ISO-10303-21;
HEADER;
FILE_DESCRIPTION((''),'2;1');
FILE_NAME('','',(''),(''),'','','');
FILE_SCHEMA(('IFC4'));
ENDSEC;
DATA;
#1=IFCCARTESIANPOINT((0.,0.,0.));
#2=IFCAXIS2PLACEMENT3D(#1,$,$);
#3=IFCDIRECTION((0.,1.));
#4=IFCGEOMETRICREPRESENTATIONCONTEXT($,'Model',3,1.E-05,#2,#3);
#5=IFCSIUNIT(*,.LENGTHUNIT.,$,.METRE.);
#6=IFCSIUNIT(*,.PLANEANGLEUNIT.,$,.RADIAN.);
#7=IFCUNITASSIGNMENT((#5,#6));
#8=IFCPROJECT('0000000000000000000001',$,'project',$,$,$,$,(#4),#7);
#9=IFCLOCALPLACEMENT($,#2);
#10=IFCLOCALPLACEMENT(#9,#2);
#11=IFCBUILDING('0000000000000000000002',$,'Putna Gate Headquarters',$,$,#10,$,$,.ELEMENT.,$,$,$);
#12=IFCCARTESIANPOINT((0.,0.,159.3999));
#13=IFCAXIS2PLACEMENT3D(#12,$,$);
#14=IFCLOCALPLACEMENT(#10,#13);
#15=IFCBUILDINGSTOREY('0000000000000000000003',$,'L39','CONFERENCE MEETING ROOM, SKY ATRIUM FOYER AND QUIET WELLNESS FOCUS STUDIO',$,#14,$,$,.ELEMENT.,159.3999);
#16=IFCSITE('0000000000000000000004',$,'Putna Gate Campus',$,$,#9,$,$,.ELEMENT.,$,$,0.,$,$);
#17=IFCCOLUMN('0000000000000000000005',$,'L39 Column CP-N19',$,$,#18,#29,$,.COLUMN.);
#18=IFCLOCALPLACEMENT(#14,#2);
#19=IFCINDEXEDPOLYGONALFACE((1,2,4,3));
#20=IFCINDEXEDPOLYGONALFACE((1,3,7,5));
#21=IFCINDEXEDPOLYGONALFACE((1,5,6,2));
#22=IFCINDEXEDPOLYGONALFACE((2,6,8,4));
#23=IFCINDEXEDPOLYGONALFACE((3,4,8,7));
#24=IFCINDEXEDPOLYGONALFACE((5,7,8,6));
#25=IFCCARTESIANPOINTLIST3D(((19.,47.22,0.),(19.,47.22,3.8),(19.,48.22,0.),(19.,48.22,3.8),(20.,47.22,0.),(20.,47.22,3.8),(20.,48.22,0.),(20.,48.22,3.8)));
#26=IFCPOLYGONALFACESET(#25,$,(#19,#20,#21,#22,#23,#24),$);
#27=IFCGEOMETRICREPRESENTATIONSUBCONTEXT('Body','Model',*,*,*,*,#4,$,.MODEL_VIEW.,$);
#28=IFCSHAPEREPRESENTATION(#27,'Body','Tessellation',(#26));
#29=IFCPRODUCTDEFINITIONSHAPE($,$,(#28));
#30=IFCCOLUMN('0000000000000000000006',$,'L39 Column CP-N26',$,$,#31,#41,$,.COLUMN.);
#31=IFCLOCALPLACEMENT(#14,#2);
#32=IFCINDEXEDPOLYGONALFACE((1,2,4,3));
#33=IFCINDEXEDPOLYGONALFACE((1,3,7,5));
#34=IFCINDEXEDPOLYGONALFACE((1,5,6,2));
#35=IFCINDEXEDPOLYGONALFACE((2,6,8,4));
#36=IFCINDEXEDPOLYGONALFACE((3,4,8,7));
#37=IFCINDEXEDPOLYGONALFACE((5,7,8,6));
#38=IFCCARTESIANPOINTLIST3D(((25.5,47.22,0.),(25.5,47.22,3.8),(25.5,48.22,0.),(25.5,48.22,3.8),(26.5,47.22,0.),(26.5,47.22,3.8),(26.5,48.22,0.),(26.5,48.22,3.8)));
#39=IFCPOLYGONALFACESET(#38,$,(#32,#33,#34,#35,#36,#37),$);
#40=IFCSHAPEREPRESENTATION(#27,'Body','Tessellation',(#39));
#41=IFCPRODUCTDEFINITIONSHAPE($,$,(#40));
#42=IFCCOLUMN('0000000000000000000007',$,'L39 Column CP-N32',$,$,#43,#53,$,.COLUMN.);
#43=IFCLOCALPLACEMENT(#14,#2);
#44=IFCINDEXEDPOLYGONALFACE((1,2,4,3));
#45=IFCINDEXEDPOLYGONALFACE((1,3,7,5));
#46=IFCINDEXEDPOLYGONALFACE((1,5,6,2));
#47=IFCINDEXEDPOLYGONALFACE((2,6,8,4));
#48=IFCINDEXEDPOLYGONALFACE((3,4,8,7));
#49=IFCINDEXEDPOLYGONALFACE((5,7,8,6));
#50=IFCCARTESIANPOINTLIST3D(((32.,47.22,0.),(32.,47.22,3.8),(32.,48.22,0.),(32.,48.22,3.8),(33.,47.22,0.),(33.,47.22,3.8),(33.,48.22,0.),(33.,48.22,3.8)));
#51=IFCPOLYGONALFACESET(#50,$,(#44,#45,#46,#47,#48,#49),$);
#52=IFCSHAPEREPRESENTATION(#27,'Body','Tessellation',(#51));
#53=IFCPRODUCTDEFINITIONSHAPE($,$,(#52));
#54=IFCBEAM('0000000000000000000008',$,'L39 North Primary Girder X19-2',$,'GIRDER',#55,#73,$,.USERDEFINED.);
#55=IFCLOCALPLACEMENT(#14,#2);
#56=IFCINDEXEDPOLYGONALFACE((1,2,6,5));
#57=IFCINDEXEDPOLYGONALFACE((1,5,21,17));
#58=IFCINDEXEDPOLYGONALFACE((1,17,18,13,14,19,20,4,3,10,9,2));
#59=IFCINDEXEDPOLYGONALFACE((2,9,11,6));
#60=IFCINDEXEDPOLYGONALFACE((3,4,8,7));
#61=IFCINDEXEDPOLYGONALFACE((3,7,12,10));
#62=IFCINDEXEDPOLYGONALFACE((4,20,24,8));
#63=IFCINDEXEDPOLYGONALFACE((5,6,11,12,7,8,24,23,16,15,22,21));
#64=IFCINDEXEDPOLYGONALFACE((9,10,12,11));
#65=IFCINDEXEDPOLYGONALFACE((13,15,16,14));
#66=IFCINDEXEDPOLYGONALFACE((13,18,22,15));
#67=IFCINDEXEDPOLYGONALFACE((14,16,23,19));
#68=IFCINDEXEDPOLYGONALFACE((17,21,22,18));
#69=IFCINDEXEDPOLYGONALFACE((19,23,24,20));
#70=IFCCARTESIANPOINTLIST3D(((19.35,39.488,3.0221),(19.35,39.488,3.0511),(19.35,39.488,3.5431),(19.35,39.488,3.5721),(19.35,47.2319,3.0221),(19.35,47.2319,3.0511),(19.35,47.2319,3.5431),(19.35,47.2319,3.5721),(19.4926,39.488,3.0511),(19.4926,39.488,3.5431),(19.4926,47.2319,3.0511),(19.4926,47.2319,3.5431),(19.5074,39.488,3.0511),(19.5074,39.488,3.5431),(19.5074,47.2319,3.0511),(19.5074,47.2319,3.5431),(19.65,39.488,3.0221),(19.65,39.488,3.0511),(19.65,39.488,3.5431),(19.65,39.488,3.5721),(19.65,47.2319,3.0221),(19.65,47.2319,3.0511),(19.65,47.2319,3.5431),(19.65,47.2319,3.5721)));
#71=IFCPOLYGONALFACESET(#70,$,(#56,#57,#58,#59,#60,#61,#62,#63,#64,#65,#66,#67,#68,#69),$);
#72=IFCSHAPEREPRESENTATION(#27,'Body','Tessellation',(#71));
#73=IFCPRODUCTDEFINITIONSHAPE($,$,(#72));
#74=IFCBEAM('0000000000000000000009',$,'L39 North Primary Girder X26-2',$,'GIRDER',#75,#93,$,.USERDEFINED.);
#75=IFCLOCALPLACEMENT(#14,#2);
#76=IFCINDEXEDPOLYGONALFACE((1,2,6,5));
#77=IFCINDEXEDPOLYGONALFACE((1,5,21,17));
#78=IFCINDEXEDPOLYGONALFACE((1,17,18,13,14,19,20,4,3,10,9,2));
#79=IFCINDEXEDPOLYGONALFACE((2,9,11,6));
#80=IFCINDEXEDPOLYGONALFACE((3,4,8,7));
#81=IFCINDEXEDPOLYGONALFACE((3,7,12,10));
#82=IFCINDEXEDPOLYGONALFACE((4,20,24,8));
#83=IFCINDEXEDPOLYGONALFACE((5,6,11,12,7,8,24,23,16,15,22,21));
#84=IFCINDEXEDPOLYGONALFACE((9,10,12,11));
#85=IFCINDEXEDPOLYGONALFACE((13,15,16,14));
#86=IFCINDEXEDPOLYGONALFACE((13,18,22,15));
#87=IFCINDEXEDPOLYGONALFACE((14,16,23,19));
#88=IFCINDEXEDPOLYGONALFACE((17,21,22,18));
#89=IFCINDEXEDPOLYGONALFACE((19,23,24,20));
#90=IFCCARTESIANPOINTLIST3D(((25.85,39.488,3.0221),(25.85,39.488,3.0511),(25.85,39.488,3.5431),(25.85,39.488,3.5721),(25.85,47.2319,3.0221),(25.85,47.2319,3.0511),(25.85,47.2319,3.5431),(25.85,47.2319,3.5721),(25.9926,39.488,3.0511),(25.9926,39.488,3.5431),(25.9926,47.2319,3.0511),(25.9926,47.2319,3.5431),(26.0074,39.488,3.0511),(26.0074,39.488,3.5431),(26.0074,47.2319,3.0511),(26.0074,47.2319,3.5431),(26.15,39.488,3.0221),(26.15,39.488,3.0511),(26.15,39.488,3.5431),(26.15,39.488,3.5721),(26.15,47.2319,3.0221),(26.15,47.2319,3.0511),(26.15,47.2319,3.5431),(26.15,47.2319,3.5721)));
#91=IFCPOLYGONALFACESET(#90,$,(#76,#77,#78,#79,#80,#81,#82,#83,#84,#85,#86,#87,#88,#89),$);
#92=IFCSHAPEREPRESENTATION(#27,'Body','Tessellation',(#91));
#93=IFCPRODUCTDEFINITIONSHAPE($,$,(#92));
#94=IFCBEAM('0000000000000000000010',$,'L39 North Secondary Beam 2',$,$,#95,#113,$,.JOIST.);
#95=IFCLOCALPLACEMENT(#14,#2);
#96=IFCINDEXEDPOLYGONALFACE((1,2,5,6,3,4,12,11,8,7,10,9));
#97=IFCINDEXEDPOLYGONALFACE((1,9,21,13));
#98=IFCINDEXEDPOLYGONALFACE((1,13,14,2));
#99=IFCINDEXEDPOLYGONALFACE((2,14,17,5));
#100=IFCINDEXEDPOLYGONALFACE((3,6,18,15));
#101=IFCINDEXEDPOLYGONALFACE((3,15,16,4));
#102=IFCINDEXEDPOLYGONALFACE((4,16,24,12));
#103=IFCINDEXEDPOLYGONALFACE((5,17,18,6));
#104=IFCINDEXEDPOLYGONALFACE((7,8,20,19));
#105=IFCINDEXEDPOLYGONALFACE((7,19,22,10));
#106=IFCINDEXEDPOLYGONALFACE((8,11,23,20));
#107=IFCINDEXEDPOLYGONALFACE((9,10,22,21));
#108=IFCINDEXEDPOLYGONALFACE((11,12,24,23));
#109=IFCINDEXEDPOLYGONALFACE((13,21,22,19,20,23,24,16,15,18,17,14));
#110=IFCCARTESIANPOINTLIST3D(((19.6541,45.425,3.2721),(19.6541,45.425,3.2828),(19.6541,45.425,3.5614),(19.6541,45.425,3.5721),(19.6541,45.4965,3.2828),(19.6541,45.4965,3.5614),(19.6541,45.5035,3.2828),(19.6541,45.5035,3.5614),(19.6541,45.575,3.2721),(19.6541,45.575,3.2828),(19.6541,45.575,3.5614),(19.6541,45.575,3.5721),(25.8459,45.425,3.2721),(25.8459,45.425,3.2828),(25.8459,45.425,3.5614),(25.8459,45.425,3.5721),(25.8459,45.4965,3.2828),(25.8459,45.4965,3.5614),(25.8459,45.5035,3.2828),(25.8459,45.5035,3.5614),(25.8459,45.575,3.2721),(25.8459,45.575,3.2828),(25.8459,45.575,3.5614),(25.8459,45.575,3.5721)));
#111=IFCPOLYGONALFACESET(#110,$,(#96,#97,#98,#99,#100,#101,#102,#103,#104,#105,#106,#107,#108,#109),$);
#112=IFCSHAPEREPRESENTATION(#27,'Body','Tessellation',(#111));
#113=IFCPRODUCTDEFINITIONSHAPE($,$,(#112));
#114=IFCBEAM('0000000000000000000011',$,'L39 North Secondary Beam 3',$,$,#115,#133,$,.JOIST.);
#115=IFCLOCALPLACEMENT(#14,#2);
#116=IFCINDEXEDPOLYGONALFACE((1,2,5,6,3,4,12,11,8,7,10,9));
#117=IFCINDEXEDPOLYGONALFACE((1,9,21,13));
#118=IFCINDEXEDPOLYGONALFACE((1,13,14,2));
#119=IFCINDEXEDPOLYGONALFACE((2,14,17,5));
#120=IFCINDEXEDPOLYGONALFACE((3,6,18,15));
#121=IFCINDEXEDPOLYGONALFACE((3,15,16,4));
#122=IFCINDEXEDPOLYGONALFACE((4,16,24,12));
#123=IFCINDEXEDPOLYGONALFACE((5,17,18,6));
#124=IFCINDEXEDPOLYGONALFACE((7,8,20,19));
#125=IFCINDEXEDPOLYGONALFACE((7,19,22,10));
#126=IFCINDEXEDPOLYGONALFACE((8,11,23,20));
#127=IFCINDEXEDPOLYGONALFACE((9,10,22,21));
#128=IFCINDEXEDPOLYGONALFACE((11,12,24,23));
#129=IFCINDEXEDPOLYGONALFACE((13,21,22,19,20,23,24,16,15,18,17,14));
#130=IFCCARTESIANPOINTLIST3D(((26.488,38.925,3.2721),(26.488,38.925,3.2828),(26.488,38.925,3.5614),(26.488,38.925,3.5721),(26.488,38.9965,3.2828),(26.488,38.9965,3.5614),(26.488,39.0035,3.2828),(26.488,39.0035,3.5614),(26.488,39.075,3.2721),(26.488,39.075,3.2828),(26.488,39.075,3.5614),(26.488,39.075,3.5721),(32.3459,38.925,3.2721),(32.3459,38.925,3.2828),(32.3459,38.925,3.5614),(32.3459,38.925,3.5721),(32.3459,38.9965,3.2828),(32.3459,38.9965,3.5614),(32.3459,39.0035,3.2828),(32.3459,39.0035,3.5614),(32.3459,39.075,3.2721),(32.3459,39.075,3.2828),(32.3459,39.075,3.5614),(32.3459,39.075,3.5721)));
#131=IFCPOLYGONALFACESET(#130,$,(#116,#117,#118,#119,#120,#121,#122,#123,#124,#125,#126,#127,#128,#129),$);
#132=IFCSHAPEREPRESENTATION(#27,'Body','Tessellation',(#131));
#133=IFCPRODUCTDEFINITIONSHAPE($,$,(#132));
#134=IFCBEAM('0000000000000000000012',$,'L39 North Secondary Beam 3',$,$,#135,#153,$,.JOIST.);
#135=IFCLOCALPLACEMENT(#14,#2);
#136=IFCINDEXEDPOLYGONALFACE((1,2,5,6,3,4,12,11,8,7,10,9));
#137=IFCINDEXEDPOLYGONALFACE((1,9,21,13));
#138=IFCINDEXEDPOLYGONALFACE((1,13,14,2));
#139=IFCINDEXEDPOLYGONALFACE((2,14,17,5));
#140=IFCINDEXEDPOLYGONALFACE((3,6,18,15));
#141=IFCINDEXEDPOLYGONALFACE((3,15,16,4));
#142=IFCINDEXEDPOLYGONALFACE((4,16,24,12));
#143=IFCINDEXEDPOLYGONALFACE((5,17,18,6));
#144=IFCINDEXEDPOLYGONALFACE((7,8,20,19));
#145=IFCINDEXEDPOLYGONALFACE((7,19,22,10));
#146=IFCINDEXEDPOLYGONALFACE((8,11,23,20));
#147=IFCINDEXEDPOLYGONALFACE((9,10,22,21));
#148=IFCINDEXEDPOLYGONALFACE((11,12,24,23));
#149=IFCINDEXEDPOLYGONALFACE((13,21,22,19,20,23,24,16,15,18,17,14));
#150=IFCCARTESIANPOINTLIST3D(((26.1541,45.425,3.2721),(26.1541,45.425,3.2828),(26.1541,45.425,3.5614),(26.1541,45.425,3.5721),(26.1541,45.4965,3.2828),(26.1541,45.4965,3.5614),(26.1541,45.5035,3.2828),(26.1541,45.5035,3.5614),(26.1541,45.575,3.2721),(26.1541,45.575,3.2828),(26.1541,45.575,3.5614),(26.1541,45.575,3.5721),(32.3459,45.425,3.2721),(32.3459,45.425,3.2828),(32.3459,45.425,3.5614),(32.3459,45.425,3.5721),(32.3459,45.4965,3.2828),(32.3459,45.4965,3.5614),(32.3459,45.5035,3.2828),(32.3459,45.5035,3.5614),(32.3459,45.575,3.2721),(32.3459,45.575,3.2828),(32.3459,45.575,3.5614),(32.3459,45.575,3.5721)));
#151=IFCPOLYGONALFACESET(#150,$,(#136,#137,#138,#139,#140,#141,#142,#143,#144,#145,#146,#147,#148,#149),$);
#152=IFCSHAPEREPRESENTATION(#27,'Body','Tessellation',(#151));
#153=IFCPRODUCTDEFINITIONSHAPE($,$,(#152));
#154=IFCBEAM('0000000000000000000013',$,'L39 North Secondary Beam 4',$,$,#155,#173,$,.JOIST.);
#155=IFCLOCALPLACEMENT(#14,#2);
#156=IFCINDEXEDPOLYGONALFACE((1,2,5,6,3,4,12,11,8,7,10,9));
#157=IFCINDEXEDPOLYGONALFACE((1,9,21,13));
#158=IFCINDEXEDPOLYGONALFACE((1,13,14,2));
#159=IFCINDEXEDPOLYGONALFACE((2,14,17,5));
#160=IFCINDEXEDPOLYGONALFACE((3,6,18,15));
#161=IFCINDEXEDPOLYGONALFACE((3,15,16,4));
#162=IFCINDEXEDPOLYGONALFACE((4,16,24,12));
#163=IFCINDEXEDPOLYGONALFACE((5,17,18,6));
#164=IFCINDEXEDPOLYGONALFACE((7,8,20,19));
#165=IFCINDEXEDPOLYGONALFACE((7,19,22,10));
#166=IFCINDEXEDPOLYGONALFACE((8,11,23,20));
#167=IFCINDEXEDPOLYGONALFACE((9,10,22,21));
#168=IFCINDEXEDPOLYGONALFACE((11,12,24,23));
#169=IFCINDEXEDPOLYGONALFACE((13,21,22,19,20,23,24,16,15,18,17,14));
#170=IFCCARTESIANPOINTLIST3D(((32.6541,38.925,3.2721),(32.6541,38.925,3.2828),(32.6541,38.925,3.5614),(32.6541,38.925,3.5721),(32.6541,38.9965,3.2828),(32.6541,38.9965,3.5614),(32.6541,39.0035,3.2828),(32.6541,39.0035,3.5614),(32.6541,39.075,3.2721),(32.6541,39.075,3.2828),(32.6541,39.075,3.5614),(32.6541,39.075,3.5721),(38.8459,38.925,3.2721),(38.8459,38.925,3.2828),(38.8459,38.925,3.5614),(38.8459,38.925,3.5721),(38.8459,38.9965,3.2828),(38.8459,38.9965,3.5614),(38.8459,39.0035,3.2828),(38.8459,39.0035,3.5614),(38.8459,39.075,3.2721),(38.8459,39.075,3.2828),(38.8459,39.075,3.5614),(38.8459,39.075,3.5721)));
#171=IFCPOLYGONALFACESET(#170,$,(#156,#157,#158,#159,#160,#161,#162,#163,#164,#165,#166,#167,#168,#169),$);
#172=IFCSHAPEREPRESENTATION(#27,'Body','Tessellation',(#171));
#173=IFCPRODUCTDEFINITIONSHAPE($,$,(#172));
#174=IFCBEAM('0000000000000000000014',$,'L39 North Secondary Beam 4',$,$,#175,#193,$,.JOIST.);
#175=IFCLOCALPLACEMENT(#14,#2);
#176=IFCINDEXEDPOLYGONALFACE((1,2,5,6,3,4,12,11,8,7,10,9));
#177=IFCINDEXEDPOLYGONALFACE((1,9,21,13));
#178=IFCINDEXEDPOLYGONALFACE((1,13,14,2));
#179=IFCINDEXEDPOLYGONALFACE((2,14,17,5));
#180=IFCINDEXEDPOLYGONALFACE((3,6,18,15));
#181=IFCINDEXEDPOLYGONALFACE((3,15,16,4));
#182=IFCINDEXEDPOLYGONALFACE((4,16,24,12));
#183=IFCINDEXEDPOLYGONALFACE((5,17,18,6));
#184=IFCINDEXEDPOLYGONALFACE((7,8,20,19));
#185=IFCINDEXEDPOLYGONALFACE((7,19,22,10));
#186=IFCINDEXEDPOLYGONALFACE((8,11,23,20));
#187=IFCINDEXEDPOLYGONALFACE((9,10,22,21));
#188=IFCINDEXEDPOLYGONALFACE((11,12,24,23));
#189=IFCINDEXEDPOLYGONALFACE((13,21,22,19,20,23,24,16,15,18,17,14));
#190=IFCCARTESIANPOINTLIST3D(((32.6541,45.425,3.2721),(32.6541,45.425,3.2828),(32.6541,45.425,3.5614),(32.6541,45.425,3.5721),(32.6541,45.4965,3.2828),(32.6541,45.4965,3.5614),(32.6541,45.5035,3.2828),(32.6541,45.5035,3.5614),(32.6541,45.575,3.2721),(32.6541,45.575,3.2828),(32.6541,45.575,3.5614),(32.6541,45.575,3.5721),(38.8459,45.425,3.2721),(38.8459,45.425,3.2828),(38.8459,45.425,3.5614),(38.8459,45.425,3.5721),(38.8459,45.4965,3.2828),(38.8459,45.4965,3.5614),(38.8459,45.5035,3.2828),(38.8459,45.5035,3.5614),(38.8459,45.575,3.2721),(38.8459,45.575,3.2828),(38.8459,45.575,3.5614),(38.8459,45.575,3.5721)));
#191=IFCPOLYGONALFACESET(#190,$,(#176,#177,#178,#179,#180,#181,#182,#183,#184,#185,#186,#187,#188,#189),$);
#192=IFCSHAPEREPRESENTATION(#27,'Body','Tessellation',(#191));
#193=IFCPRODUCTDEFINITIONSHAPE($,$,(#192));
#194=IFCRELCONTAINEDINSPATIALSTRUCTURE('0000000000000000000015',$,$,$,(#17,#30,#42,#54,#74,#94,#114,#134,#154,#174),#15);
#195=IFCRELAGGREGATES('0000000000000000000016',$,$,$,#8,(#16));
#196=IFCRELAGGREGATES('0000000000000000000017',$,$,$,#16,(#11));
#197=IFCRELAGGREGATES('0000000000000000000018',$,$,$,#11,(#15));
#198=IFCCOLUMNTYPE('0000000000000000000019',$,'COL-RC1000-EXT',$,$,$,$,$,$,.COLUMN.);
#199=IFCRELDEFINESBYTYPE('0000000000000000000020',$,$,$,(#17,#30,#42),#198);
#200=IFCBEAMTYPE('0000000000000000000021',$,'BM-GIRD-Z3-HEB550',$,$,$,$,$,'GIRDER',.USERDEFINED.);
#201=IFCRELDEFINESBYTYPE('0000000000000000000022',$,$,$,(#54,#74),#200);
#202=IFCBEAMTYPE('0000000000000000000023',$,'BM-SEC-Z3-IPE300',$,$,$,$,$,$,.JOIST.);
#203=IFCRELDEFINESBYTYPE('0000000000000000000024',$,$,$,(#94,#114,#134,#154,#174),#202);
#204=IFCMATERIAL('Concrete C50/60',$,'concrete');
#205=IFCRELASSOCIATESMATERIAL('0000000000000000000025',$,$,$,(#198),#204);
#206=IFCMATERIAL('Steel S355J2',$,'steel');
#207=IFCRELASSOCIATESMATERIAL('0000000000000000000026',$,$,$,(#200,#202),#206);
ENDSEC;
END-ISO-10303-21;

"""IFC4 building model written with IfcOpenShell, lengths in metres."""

from ifc_helpers import new_model, si_unit, direction, frame, origin, origin_2d, place, context, subcontext, project, spatial, rectangle, i_section, extrude, material, material_profile, profile_set, type_object, element, save


model = new_model("IFC4")

# Units and contexts
model_context = context("Model", 3, precision=1e-05, world=origin(), true_north=direction((0.0, 1.0)))
body_context = subcontext(model_context, "Body", "Model", "MODEL_VIEW")
ifc_project = project(units=[si_unit("LENGTHUNIT", "METRE"), si_unit("PLANEANGLEUNIT", "RADIAN")], contexts=[model_context])

# Site, building, storey
site_placement = place(None, origin())
site = spatial("IfcSite", under=ifc_project, at=site_placement, Name="Putna Gate Campus", CompositionType="ELEMENT", RefElevation=0.0)
building_placement = place(site_placement, origin())
building = spatial("IfcBuilding", under=site, at=building_placement, Name="Putna Gate Headquarters", CompositionType="ELEMENT")
storey_placement = place(building_placement, frame((0.0, 0.0, 159.3999)))
storey = spatial("IfcBuildingStorey", under=building, at=storey_placement, Name="L39", Description="CONFERENCE MEETING ROOM, SKY ATRIUM FOYER AND QUIET WELLNESS FOCUS STUDIO", CompositionType="ELEMENT", Elevation=159.3999)

# Columns
ifc_material_1 = material(Name="Concrete C50/60", Category="concrete")
ifc_material_profile_1 = material_profile(ifc_material_1, rectangle(XDim=1.0, YDim=1.0, at=origin_2d()), Name="Concrete C50/60")
ifc_profile_set_1 = profile_set([ifc_material_profile_1], Name="Concrete C50/60")
column_type = type_object("IfcColumnType", Name="COL-RC1000-EXT", PredefinedType="COLUMN", material=ifc_profile_set_1)
for number, where, z_axis, x_axis, name in (
    (1, (19.5, 47.72, 0.0), (0.0, 0.0, 1.0), (1.0, 0.0, 0.0), "L39 Column CP-N19"),
    (2, (26.0, 47.72, 0.0), (0.0, 0.0, 1.0), (1.0, 0.0, 0.0), "L39 Column CP-N26"),
    (3, (32.5, 47.72, 0.0), (0.0, 0.0, 1.0), (1.0, 0.0, 0.0), "L39 Column CP-N32"),
):
    element("IfcColumn", number, at=place(storey_placement, frame(where, z_axis=z_axis, x_axis=x_axis)), inside=storey, type_object=column_type, Name=name, PredefinedType="COLUMN", context=body_context, shape_type="SweptSolid", body=[
        extrude(rectangle(XDim=1.0, YDim=1.0, at=origin_2d()), origin(), (0.0, 0.0, 1.0), 3.8),
    ])

# Beams
ifc_material_2 = material(Name="Steel S355J2", Category="steel")
ifc_material_profile_2 = material_profile(ifc_material_2, i_section(OverallWidth=0.3, OverallDepth=0.55, WebThickness=0.0149, FlangeThickness=0.0291, at=origin_2d()), Name="Steel S355J2")
ifc_profile_set_2 = profile_set([ifc_material_profile_2], Name="Steel S355J2")
beam_type_1 = type_object("IfcBeamType", Name="BM-GIRD-Z3-HEB550", ElementType="GIRDER", PredefinedType="USERDEFINED", material=ifc_profile_set_2)
for number, where, z_axis, x_axis, name in (
    (4, (19.5, 39.488, 3.2971), (0.0, 1.0, 0.0), (-1.0, 0.0, 0.0), "L39 North Primary Girder X19-2"),
    (5, (26.0, 39.488, 3.2971), (0.0, 1.0, 0.0), (-1.0, 0.0, 0.0), "L39 North Primary Girder X26-2"),
):
    element("IfcBeam", number, at=place(storey_placement, frame(where, z_axis=z_axis, x_axis=x_axis)), inside=storey, type_object=beam_type_1, Name=name, ObjectType="GIRDER", PredefinedType="USERDEFINED", context=body_context, shape_type="SweptSolid", body=[
        extrude(i_section(OverallWidth=0.3, OverallDepth=0.55, WebThickness=0.0149, FlangeThickness=0.0291, at=origin_2d()), origin(), (0.0, 0.0, 1.0), 7.7439),
    ])
ifc_material_profile_3 = material_profile(ifc_material_2, i_section(OverallWidth=0.1499, OverallDepth=0.3, WebThickness=0.0071, FlangeThickness=0.0107, at=origin_2d()), Name="Steel S355J2")
ifc_profile_set_3 = profile_set([ifc_material_profile_3], Name="Steel S355J2")
beam_type_2 = type_object("IfcBeamType", Name="BM-SEC-Z3-IPE300", PredefinedType="JOIST", material=ifc_profile_set_3)
beam_1_placement = place(storey_placement, frame((19.6541, 45.5, 3.4221), z_axis=(1.0, 0.0, 0.0), x_axis=(0.0, 1.0, 0.0)))
element("IfcBeam", 6, at=beam_1_placement, inside=storey, type_object=beam_type_2, Name="L39 North Secondary Beam 2", PredefinedType="JOIST", context=body_context, shape_type="SweptSolid", body=[
    extrude(i_section(OverallWidth=0.1499, OverallDepth=0.3, WebThickness=0.0071, FlangeThickness=0.0107, at=origin_2d()), origin(), (0.0, 0.0, 1.0), 6.1919),
])
beam_2_placement = place(storey_placement, frame((26.488, 39.0, 3.4221), z_axis=(1.0, 0.0, 0.0), x_axis=(0.0, 1.0, 0.0)))
element("IfcBeam", 7, at=beam_2_placement, inside=storey, type_object=beam_type_2, Name="L39 North Secondary Beam 3", PredefinedType="JOIST", context=body_context, shape_type="SweptSolid", body=[
    extrude(i_section(OverallWidth=0.1499, OverallDepth=0.3, WebThickness=0.0071, FlangeThickness=0.0107, at=origin_2d()), origin(), (0.0, 0.0, 1.0), 5.8579),
])
for number, where, z_axis, x_axis, name in (
    (8, (26.1541, 45.5, 3.4221), (1.0, 0.0, 0.0), (0.0, 1.0, 0.0), "L39 North Secondary Beam 3"),
    (9, (32.6541, 39.0, 3.4221), (1.0, 0.0, 0.0), (0.0, 1.0, 0.0), "L39 North Secondary Beam 4"),
    (10, (32.6541, 45.5, 3.4221), (1.0, 0.0, 0.0), (0.0, 1.0, 0.0), "L39 North Secondary Beam 4"),
):
    element("IfcBeam", number, at=place(storey_placement, frame(where, z_axis=z_axis, x_axis=x_axis)), inside=storey, type_object=beam_type_2, Name=name, PredefinedType="JOIST", context=body_context, shape_type="SweptSolid", body=[
        extrude(i_section(OverallWidth=0.1499, OverallDepth=0.3, WebThickness=0.0071, FlangeThickness=0.0107, at=origin_2d()), origin(), (0.0, 0.0, 1.0), 6.1919),
    ])

save(model, "model.ifc")
